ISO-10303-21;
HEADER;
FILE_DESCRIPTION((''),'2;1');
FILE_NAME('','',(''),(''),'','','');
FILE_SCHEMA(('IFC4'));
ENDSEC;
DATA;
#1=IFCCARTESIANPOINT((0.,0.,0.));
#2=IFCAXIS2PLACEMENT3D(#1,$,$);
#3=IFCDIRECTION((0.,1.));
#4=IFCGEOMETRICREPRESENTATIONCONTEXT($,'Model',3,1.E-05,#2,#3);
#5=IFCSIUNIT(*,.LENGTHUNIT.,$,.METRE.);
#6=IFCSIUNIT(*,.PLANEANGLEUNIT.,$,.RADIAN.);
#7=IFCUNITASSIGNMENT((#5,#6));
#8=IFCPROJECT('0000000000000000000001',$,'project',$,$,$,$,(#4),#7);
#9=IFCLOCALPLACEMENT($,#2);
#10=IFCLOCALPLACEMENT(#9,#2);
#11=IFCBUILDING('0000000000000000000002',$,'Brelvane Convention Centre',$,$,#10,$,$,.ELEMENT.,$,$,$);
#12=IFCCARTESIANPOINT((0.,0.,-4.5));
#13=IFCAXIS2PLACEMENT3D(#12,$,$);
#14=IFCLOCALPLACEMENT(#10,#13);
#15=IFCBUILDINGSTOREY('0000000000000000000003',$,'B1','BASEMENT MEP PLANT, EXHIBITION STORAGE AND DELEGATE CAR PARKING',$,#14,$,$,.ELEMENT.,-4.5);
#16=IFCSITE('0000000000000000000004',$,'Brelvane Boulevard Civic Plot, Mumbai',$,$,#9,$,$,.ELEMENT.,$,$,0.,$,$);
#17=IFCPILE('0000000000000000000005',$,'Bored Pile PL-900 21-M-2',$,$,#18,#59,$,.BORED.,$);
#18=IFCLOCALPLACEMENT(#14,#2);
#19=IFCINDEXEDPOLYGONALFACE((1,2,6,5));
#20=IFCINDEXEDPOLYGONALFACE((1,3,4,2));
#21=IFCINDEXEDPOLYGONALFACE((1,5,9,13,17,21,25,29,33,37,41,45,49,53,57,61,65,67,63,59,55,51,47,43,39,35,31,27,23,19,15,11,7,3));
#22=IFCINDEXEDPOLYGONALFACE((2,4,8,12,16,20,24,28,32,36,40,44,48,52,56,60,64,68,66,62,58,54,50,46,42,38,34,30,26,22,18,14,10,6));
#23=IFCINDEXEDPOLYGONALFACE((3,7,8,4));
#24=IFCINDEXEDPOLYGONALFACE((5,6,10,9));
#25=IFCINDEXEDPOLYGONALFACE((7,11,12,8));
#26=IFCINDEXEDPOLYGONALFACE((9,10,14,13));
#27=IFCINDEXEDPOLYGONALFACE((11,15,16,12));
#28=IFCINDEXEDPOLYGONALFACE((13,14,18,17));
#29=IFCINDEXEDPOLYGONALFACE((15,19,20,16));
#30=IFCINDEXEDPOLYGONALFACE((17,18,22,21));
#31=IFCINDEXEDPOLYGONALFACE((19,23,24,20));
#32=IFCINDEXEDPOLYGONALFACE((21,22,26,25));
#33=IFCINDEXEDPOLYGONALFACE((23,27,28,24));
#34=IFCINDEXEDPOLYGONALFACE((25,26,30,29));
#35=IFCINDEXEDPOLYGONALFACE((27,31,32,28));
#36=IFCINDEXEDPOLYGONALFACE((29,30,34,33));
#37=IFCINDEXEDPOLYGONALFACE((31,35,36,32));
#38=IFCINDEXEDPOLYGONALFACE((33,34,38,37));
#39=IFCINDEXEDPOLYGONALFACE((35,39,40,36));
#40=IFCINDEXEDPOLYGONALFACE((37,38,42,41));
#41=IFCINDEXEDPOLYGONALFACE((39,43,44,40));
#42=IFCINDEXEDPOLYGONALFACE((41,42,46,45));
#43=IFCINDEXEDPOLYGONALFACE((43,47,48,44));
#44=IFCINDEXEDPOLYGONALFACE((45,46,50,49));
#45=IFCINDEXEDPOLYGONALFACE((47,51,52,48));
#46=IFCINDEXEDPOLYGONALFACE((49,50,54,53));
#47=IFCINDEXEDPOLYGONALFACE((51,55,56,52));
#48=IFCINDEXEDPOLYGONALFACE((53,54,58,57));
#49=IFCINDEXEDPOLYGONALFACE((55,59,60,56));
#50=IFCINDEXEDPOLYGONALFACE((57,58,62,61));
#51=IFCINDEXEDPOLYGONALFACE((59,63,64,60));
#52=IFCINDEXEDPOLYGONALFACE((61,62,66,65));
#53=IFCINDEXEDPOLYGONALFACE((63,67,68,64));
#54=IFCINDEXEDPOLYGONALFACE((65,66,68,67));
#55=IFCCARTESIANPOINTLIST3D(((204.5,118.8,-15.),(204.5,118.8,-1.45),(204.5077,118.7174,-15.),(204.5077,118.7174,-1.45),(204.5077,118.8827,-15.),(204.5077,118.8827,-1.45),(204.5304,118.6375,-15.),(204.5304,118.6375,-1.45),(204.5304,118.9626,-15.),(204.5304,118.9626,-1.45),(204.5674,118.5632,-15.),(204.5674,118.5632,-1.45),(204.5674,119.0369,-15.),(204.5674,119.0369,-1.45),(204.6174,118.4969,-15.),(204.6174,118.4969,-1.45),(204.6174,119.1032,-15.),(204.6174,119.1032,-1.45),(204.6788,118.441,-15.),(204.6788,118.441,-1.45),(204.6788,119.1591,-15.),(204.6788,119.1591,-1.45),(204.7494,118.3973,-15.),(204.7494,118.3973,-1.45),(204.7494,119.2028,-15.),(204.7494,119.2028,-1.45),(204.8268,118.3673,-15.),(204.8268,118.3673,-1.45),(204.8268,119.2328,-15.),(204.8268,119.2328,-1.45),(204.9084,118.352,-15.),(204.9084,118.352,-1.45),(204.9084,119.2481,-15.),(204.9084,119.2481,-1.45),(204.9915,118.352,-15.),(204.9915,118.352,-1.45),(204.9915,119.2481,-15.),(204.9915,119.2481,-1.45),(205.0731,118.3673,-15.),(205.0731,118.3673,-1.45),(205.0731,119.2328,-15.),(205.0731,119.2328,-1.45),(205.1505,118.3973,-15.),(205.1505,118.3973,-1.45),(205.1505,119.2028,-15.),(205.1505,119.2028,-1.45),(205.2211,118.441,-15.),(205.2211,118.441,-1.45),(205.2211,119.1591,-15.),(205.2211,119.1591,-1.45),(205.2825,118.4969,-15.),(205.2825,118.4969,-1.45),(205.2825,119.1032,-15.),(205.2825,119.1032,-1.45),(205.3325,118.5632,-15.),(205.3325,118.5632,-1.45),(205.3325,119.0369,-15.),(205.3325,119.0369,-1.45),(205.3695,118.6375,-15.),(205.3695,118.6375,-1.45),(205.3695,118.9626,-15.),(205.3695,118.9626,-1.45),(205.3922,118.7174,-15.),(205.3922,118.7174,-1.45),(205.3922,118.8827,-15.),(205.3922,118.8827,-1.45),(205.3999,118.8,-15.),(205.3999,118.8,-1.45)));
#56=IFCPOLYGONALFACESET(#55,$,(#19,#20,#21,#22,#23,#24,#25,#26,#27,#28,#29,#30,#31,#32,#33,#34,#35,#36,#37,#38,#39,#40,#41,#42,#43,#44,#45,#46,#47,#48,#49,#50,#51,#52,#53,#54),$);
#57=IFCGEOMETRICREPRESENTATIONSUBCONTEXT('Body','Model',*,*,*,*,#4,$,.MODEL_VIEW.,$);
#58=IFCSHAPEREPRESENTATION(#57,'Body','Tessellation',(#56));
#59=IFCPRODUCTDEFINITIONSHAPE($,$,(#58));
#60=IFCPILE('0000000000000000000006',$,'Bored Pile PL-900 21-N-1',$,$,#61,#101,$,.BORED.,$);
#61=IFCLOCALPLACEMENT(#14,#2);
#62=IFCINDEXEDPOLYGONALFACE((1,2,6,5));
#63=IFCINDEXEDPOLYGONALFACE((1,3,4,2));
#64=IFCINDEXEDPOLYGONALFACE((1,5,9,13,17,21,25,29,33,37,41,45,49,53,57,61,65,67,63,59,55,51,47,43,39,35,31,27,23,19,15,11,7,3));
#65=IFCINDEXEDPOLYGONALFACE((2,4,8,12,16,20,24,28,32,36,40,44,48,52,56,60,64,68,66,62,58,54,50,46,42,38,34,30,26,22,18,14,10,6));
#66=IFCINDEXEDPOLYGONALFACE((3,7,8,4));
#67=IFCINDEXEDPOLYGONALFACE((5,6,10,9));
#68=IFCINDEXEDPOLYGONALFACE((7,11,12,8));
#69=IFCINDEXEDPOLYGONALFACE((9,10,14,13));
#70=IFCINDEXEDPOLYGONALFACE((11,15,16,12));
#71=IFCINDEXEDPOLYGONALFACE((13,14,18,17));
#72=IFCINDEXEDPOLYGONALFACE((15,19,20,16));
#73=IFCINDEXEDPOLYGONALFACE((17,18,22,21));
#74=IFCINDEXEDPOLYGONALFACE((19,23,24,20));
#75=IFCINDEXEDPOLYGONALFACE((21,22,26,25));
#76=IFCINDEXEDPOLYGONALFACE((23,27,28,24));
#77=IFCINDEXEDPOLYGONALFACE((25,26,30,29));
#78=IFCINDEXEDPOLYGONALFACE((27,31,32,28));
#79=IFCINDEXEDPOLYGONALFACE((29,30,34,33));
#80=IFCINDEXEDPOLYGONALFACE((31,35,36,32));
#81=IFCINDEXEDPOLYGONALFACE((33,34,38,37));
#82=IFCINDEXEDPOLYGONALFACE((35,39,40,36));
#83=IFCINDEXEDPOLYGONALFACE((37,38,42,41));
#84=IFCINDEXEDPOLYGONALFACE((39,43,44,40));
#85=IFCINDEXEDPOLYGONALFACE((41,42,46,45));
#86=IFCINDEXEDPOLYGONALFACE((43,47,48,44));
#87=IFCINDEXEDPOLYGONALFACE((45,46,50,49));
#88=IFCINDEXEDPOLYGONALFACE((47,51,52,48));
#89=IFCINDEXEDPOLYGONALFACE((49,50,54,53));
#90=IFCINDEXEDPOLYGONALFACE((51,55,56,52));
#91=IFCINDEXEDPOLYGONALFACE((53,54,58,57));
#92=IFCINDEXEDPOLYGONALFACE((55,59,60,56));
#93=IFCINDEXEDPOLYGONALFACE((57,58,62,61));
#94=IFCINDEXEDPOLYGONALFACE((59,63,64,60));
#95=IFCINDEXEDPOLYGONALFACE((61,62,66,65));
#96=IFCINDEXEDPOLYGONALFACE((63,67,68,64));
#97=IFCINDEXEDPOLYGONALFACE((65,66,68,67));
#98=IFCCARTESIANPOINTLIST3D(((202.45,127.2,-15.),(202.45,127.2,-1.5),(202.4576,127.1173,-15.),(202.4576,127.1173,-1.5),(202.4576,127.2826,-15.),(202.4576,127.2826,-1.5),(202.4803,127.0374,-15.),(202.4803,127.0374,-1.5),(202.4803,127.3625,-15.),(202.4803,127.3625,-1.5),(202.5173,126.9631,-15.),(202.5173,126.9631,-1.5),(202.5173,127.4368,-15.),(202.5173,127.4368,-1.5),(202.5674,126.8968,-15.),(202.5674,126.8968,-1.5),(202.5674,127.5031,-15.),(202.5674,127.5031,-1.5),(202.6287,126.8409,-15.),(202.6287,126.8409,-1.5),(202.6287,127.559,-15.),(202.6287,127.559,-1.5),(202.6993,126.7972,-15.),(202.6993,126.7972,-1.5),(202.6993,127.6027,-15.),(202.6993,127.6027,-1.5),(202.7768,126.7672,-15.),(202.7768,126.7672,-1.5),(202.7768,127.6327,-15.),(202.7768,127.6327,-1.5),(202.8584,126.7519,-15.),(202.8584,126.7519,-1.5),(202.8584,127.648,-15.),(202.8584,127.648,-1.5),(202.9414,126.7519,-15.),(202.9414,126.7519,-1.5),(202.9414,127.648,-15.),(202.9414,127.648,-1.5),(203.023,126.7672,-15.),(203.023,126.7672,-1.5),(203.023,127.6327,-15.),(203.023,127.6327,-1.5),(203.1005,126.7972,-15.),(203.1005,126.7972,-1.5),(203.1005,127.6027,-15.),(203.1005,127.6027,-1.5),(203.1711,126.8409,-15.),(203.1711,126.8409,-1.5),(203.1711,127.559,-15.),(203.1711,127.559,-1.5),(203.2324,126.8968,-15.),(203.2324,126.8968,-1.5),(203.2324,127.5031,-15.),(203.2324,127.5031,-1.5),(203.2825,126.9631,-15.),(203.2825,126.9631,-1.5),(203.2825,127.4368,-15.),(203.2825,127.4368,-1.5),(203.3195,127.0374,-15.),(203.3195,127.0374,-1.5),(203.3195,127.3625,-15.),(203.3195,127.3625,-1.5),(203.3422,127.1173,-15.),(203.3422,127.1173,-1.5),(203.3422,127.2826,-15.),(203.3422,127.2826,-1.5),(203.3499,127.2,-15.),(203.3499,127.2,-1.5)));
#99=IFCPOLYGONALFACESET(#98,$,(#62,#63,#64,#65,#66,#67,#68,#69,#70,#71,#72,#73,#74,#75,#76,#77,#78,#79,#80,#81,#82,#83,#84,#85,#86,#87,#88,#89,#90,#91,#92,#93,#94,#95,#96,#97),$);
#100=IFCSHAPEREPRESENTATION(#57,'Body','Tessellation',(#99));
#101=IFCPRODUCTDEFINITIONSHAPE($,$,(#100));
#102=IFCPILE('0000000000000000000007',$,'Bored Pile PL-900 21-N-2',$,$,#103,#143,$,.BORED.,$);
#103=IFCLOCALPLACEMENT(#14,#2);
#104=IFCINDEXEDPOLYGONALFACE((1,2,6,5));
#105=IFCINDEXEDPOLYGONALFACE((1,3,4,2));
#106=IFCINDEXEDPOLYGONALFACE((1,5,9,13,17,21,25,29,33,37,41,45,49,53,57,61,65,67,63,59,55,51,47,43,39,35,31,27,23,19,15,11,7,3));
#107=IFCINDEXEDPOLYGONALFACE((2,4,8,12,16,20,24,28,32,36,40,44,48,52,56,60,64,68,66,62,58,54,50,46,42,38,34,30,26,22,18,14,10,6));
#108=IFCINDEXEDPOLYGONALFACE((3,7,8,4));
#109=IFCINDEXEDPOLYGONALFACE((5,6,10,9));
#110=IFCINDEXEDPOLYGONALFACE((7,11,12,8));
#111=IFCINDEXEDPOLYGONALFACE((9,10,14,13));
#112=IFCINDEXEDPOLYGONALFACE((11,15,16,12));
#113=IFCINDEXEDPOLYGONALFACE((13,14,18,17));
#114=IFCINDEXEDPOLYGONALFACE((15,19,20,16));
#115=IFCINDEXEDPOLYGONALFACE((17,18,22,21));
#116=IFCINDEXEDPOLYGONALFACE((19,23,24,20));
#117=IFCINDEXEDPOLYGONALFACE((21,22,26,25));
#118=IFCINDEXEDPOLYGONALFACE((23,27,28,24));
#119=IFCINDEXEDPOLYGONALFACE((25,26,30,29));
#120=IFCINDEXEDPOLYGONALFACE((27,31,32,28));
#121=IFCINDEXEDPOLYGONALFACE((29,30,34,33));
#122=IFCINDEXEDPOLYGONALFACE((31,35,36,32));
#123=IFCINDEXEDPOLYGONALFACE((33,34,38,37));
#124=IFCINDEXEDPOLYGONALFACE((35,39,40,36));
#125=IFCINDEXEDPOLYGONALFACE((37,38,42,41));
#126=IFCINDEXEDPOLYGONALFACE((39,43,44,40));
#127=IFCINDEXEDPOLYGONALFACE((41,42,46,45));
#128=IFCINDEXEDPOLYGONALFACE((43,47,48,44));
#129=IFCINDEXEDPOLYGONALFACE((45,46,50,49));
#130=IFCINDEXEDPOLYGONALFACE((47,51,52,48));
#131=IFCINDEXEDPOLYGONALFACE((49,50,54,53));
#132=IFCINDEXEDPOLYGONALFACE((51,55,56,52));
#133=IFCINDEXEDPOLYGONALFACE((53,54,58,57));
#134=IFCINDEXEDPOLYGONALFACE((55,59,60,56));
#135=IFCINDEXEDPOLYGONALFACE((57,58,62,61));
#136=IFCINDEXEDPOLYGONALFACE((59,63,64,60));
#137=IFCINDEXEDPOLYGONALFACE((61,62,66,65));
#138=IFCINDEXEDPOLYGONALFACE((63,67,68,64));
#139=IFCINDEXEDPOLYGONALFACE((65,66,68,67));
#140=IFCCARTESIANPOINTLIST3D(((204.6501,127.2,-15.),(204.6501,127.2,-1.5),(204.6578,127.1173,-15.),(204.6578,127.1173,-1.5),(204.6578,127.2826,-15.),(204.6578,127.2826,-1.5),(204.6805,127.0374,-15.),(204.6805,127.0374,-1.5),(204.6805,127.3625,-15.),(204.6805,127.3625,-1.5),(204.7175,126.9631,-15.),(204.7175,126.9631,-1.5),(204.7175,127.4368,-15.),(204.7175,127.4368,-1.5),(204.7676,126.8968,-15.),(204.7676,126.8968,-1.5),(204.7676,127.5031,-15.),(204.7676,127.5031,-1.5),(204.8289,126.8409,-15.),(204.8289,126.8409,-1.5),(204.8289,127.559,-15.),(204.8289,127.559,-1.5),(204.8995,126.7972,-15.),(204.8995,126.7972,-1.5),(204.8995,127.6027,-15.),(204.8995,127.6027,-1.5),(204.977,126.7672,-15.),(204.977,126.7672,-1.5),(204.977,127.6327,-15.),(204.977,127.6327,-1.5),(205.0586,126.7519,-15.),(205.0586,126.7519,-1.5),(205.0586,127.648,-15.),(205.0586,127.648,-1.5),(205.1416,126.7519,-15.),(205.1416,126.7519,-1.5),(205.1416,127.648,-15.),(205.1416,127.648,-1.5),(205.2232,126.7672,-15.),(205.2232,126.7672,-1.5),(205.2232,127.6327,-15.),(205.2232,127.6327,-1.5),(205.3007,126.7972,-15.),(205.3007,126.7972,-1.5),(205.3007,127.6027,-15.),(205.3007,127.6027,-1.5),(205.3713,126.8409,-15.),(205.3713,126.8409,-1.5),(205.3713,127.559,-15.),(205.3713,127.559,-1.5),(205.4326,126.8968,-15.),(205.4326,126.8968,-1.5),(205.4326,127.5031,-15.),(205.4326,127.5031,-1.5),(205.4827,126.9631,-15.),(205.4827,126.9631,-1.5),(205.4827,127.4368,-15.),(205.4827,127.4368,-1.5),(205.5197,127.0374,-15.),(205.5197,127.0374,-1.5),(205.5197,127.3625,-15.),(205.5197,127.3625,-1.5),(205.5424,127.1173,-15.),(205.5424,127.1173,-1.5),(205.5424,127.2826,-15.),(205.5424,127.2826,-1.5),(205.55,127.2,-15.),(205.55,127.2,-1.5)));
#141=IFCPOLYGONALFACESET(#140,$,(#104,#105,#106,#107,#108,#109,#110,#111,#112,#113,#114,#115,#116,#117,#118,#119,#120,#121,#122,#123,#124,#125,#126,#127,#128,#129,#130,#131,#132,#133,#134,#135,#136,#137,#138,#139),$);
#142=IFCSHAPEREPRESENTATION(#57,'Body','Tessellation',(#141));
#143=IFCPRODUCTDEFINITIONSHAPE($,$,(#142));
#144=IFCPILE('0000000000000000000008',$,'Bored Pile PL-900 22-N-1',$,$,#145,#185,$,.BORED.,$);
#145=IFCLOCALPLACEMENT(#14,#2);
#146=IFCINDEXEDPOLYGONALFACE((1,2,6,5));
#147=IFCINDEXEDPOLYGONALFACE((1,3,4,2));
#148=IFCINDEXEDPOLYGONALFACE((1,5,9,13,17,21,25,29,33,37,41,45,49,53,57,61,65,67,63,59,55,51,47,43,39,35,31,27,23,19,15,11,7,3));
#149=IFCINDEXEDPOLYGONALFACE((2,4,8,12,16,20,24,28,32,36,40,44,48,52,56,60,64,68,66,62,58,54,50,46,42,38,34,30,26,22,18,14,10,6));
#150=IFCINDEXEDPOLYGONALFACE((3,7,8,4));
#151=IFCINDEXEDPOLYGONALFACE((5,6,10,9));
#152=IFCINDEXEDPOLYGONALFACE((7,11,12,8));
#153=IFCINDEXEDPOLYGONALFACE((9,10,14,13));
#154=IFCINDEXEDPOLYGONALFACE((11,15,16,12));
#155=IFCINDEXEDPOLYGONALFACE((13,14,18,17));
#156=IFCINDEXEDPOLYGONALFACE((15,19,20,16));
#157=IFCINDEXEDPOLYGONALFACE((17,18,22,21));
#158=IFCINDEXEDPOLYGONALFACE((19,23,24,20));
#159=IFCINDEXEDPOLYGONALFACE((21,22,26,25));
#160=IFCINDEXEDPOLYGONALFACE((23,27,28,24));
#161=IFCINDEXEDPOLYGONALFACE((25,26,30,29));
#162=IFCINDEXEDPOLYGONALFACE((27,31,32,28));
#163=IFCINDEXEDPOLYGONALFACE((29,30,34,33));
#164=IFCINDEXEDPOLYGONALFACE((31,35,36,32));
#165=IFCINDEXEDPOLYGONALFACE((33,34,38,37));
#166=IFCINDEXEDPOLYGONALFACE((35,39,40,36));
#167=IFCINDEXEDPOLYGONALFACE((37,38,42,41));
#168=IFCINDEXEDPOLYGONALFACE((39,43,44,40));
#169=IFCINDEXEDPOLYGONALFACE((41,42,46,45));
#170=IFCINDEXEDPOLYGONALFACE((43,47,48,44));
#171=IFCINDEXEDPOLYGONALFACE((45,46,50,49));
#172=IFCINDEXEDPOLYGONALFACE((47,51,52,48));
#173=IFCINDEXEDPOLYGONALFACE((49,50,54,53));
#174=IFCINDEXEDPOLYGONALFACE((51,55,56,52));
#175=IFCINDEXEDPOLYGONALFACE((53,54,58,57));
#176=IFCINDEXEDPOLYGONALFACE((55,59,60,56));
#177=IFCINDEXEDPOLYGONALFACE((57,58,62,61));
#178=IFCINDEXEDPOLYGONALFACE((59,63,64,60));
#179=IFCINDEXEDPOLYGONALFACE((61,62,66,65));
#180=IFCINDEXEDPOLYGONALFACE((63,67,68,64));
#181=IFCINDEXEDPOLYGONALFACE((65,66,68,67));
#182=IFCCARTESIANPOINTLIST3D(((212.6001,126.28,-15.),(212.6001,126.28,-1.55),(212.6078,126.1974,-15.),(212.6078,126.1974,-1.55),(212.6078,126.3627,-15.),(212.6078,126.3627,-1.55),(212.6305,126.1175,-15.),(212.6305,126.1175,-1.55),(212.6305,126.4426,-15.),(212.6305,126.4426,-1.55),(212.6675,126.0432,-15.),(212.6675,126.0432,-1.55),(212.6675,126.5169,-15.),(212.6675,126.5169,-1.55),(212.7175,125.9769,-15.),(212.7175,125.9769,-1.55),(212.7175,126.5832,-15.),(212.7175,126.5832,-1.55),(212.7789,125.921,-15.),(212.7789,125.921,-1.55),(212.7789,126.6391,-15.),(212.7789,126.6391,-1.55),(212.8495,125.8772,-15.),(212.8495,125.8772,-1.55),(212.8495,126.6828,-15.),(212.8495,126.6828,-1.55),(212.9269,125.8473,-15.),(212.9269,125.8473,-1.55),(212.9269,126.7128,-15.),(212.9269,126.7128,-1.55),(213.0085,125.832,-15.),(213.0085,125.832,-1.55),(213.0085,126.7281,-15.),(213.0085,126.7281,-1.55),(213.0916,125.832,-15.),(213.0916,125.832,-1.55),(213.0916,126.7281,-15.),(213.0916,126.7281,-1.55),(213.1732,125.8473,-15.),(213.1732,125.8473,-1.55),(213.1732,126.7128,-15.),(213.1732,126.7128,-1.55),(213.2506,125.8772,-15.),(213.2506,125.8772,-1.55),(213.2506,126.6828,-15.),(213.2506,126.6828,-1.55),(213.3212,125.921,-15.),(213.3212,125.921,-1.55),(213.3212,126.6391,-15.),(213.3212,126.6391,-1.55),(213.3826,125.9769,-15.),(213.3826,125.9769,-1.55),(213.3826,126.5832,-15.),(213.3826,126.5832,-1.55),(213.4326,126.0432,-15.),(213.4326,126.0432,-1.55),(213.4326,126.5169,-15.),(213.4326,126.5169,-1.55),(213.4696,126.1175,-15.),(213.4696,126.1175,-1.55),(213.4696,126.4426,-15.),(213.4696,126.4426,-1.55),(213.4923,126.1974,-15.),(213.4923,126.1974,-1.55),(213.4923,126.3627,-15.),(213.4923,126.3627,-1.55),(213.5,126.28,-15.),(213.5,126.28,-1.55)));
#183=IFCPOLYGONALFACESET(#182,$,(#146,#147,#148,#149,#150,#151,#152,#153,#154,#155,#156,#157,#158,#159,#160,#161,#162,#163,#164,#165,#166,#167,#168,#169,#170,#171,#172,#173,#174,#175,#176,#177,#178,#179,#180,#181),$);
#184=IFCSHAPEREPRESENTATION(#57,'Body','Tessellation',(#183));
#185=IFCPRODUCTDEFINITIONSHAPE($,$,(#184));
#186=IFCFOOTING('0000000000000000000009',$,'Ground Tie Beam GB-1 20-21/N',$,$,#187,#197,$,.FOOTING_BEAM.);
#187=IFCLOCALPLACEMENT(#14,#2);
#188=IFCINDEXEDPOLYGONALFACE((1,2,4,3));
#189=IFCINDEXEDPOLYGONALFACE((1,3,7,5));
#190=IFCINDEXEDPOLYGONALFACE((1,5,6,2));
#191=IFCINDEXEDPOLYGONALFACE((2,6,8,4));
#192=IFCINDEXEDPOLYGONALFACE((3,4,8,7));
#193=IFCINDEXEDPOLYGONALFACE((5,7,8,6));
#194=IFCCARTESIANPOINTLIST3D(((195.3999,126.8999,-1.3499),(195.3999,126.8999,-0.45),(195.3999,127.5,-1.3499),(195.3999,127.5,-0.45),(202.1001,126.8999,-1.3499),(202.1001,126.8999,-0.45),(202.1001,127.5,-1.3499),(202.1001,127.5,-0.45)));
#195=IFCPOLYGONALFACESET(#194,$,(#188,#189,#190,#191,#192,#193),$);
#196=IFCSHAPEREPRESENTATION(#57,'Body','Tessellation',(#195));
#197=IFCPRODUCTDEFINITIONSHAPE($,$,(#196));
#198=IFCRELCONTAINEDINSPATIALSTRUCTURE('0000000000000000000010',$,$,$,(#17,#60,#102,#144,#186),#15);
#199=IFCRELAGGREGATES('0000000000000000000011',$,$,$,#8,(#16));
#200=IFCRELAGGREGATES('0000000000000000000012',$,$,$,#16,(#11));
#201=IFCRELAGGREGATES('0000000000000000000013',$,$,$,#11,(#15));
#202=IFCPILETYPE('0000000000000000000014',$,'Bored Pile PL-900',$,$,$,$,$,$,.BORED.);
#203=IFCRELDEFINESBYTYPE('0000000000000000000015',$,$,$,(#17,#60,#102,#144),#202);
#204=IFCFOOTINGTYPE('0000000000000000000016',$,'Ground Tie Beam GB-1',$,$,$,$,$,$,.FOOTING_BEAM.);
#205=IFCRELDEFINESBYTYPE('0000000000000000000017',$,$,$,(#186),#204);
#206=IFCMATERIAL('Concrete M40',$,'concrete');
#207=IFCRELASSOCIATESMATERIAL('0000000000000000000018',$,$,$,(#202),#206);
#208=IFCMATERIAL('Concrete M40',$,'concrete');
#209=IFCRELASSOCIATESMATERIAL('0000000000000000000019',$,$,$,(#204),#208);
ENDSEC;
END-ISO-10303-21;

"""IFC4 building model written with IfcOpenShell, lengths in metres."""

from ifc_helpers import new_model, si_unit, direction, frame, origin, origin_2d, place, context, subcontext, project, spatial, rectangle, circle, extrude, material, material_profile, profile_set, type_object, element, save


model = new_model("IFC4")

# Units and contexts
model_context = context("Model", 3, precision=1e-05, world=origin(), true_north=direction((0.0, 1.0)))
body_context = subcontext(model_context, "Body", "Model", "MODEL_VIEW")
ifc_project = project(units=[si_unit("LENGTHUNIT", "METRE"), si_unit("PLANEANGLEUNIT", "RADIAN")], contexts=[model_context])

# Site, building, storey
site_placement = place(None, origin())
site = spatial("IfcSite", under=ifc_project, at=site_placement, Name="Brelvane Boulevard Civic Plot, Mumbai", CompositionType="ELEMENT", RefElevation=0.0)
building_placement = place(site_placement, origin())
building = spatial("IfcBuilding", under=site, at=building_placement, Name="Brelvane Convention Centre", CompositionType="ELEMENT")
storey_placement = place(building_placement, frame((0.0, 0.0, -4.5)))
storey = spatial("IfcBuildingStorey", under=building, at=storey_placement, Name="B1", Description="BASEMENT MEP PLANT, EXHIBITION STORAGE AND DELEGATE CAR PARKING", CompositionType="ELEMENT", Elevation=-4.5)

# Piles
ifc_material_1 = material(Name="Concrete M40", Category="concrete")
ifc_material_profile_1 = material_profile(ifc_material_1, circle(Radius=0.45, at=origin_2d()), Name="PILE D900")
ifc_profile_set_1 = profile_set([ifc_material_profile_1], Name="Concrete M40")
pile_type = type_object("IfcPileType", Name="Bored Pile PL-900", PredefinedType="BORED", material=ifc_profile_set_1)
for number, where, z_axis, x_axis, name in (
    (1, (204.95, 118.8, -1.45), (0.0, 0.0, -1.0), (1.0, 0.0, 0.0), "Bored Pile PL-900 21-M-2"),
):
    element("IfcPile", number, at=place(storey_placement, frame(where, z_axis=z_axis, x_axis=x_axis)), inside=storey, type_object=pile_type, Name=name, PredefinedType="BORED", context=body_context, shape_type="SweptSolid", body=[
        extrude(circle(Radius=0.45, at=origin_2d()), origin(), (0.0, 0.0, 1.0), 13.55),
    ])
for number, where, z_axis, x_axis, name in (
    (2, (202.8999, 127.2, -1.5), (0.0, 0.0, -1.0), (1.0, 0.0, 0.0), "Bored Pile PL-900 21-N-1"),
    (3, (205.1001, 127.2, -1.5), (0.0, 0.0, -1.0), (1.0, 0.0, 0.0), "Bored Pile PL-900 21-N-2"),
):
    element("IfcPile", number, at=place(storey_placement, frame(where, z_axis=z_axis, x_axis=x_axis)), inside=storey, type_object=pile_type, Name=name, PredefinedType="BORED", context=body_context, shape_type="SweptSolid", body=[
        extrude(circle(Radius=0.45, at=origin_2d()), origin(), (0.0, 0.0, 1.0), 13.5),
    ])
pile_placement = place(storey_placement, frame((213.05, 126.28, -1.55), z_axis=(0.0, 0.0, -1.0), x_axis=(1.0, 0.0, 0.0)))
element("IfcPile", 4, at=pile_placement, inside=storey, type_object=pile_type, Name="Bored Pile PL-900 22-N-1", PredefinedType="BORED", context=body_context, shape_type="SweptSolid", body=[
    extrude(circle(Radius=0.45, at=origin_2d()), origin(), (0.0, 0.0, 1.0), 13.45),
])

# Footing
ifc_material_2 = material(Name="Concrete M40", Category="concrete")
ifc_material_profile_2 = material_profile(ifc_material_2, rectangle(XDim=0.6001, YDim=0.8999, at=origin_2d()), Name="RC 600x900")
ifc_profile_set_2 = profile_set([ifc_material_profile_2], Name="Concrete M40")
footing_type_1 = type_object("IfcFootingType", Name="Ground Tie Beam GB-1", PredefinedType="FOOTING_BEAM", material=ifc_profile_set_2)
footing_1_placement = place(storey_placement, frame((195.3999, 127.2, -0.8999), z_axis=(1.0, 0.0, 0.0), x_axis=(0.0, 1.0, 0.0)))
element("IfcFooting", 5, at=footing_1_placement, inside=storey, type_object=footing_type_1, Name="Ground Tie Beam GB-1 20-21/N", PredefinedType="FOOTING_BEAM", context=body_context, shape_type="SweptSolid", body=[
    extrude(rectangle(XDim=0.6001, YDim=0.8999, at=origin_2d()), origin(), (0.0, 0.0, 1.0), 6.7002),
])

save(model, "model.ifc")
